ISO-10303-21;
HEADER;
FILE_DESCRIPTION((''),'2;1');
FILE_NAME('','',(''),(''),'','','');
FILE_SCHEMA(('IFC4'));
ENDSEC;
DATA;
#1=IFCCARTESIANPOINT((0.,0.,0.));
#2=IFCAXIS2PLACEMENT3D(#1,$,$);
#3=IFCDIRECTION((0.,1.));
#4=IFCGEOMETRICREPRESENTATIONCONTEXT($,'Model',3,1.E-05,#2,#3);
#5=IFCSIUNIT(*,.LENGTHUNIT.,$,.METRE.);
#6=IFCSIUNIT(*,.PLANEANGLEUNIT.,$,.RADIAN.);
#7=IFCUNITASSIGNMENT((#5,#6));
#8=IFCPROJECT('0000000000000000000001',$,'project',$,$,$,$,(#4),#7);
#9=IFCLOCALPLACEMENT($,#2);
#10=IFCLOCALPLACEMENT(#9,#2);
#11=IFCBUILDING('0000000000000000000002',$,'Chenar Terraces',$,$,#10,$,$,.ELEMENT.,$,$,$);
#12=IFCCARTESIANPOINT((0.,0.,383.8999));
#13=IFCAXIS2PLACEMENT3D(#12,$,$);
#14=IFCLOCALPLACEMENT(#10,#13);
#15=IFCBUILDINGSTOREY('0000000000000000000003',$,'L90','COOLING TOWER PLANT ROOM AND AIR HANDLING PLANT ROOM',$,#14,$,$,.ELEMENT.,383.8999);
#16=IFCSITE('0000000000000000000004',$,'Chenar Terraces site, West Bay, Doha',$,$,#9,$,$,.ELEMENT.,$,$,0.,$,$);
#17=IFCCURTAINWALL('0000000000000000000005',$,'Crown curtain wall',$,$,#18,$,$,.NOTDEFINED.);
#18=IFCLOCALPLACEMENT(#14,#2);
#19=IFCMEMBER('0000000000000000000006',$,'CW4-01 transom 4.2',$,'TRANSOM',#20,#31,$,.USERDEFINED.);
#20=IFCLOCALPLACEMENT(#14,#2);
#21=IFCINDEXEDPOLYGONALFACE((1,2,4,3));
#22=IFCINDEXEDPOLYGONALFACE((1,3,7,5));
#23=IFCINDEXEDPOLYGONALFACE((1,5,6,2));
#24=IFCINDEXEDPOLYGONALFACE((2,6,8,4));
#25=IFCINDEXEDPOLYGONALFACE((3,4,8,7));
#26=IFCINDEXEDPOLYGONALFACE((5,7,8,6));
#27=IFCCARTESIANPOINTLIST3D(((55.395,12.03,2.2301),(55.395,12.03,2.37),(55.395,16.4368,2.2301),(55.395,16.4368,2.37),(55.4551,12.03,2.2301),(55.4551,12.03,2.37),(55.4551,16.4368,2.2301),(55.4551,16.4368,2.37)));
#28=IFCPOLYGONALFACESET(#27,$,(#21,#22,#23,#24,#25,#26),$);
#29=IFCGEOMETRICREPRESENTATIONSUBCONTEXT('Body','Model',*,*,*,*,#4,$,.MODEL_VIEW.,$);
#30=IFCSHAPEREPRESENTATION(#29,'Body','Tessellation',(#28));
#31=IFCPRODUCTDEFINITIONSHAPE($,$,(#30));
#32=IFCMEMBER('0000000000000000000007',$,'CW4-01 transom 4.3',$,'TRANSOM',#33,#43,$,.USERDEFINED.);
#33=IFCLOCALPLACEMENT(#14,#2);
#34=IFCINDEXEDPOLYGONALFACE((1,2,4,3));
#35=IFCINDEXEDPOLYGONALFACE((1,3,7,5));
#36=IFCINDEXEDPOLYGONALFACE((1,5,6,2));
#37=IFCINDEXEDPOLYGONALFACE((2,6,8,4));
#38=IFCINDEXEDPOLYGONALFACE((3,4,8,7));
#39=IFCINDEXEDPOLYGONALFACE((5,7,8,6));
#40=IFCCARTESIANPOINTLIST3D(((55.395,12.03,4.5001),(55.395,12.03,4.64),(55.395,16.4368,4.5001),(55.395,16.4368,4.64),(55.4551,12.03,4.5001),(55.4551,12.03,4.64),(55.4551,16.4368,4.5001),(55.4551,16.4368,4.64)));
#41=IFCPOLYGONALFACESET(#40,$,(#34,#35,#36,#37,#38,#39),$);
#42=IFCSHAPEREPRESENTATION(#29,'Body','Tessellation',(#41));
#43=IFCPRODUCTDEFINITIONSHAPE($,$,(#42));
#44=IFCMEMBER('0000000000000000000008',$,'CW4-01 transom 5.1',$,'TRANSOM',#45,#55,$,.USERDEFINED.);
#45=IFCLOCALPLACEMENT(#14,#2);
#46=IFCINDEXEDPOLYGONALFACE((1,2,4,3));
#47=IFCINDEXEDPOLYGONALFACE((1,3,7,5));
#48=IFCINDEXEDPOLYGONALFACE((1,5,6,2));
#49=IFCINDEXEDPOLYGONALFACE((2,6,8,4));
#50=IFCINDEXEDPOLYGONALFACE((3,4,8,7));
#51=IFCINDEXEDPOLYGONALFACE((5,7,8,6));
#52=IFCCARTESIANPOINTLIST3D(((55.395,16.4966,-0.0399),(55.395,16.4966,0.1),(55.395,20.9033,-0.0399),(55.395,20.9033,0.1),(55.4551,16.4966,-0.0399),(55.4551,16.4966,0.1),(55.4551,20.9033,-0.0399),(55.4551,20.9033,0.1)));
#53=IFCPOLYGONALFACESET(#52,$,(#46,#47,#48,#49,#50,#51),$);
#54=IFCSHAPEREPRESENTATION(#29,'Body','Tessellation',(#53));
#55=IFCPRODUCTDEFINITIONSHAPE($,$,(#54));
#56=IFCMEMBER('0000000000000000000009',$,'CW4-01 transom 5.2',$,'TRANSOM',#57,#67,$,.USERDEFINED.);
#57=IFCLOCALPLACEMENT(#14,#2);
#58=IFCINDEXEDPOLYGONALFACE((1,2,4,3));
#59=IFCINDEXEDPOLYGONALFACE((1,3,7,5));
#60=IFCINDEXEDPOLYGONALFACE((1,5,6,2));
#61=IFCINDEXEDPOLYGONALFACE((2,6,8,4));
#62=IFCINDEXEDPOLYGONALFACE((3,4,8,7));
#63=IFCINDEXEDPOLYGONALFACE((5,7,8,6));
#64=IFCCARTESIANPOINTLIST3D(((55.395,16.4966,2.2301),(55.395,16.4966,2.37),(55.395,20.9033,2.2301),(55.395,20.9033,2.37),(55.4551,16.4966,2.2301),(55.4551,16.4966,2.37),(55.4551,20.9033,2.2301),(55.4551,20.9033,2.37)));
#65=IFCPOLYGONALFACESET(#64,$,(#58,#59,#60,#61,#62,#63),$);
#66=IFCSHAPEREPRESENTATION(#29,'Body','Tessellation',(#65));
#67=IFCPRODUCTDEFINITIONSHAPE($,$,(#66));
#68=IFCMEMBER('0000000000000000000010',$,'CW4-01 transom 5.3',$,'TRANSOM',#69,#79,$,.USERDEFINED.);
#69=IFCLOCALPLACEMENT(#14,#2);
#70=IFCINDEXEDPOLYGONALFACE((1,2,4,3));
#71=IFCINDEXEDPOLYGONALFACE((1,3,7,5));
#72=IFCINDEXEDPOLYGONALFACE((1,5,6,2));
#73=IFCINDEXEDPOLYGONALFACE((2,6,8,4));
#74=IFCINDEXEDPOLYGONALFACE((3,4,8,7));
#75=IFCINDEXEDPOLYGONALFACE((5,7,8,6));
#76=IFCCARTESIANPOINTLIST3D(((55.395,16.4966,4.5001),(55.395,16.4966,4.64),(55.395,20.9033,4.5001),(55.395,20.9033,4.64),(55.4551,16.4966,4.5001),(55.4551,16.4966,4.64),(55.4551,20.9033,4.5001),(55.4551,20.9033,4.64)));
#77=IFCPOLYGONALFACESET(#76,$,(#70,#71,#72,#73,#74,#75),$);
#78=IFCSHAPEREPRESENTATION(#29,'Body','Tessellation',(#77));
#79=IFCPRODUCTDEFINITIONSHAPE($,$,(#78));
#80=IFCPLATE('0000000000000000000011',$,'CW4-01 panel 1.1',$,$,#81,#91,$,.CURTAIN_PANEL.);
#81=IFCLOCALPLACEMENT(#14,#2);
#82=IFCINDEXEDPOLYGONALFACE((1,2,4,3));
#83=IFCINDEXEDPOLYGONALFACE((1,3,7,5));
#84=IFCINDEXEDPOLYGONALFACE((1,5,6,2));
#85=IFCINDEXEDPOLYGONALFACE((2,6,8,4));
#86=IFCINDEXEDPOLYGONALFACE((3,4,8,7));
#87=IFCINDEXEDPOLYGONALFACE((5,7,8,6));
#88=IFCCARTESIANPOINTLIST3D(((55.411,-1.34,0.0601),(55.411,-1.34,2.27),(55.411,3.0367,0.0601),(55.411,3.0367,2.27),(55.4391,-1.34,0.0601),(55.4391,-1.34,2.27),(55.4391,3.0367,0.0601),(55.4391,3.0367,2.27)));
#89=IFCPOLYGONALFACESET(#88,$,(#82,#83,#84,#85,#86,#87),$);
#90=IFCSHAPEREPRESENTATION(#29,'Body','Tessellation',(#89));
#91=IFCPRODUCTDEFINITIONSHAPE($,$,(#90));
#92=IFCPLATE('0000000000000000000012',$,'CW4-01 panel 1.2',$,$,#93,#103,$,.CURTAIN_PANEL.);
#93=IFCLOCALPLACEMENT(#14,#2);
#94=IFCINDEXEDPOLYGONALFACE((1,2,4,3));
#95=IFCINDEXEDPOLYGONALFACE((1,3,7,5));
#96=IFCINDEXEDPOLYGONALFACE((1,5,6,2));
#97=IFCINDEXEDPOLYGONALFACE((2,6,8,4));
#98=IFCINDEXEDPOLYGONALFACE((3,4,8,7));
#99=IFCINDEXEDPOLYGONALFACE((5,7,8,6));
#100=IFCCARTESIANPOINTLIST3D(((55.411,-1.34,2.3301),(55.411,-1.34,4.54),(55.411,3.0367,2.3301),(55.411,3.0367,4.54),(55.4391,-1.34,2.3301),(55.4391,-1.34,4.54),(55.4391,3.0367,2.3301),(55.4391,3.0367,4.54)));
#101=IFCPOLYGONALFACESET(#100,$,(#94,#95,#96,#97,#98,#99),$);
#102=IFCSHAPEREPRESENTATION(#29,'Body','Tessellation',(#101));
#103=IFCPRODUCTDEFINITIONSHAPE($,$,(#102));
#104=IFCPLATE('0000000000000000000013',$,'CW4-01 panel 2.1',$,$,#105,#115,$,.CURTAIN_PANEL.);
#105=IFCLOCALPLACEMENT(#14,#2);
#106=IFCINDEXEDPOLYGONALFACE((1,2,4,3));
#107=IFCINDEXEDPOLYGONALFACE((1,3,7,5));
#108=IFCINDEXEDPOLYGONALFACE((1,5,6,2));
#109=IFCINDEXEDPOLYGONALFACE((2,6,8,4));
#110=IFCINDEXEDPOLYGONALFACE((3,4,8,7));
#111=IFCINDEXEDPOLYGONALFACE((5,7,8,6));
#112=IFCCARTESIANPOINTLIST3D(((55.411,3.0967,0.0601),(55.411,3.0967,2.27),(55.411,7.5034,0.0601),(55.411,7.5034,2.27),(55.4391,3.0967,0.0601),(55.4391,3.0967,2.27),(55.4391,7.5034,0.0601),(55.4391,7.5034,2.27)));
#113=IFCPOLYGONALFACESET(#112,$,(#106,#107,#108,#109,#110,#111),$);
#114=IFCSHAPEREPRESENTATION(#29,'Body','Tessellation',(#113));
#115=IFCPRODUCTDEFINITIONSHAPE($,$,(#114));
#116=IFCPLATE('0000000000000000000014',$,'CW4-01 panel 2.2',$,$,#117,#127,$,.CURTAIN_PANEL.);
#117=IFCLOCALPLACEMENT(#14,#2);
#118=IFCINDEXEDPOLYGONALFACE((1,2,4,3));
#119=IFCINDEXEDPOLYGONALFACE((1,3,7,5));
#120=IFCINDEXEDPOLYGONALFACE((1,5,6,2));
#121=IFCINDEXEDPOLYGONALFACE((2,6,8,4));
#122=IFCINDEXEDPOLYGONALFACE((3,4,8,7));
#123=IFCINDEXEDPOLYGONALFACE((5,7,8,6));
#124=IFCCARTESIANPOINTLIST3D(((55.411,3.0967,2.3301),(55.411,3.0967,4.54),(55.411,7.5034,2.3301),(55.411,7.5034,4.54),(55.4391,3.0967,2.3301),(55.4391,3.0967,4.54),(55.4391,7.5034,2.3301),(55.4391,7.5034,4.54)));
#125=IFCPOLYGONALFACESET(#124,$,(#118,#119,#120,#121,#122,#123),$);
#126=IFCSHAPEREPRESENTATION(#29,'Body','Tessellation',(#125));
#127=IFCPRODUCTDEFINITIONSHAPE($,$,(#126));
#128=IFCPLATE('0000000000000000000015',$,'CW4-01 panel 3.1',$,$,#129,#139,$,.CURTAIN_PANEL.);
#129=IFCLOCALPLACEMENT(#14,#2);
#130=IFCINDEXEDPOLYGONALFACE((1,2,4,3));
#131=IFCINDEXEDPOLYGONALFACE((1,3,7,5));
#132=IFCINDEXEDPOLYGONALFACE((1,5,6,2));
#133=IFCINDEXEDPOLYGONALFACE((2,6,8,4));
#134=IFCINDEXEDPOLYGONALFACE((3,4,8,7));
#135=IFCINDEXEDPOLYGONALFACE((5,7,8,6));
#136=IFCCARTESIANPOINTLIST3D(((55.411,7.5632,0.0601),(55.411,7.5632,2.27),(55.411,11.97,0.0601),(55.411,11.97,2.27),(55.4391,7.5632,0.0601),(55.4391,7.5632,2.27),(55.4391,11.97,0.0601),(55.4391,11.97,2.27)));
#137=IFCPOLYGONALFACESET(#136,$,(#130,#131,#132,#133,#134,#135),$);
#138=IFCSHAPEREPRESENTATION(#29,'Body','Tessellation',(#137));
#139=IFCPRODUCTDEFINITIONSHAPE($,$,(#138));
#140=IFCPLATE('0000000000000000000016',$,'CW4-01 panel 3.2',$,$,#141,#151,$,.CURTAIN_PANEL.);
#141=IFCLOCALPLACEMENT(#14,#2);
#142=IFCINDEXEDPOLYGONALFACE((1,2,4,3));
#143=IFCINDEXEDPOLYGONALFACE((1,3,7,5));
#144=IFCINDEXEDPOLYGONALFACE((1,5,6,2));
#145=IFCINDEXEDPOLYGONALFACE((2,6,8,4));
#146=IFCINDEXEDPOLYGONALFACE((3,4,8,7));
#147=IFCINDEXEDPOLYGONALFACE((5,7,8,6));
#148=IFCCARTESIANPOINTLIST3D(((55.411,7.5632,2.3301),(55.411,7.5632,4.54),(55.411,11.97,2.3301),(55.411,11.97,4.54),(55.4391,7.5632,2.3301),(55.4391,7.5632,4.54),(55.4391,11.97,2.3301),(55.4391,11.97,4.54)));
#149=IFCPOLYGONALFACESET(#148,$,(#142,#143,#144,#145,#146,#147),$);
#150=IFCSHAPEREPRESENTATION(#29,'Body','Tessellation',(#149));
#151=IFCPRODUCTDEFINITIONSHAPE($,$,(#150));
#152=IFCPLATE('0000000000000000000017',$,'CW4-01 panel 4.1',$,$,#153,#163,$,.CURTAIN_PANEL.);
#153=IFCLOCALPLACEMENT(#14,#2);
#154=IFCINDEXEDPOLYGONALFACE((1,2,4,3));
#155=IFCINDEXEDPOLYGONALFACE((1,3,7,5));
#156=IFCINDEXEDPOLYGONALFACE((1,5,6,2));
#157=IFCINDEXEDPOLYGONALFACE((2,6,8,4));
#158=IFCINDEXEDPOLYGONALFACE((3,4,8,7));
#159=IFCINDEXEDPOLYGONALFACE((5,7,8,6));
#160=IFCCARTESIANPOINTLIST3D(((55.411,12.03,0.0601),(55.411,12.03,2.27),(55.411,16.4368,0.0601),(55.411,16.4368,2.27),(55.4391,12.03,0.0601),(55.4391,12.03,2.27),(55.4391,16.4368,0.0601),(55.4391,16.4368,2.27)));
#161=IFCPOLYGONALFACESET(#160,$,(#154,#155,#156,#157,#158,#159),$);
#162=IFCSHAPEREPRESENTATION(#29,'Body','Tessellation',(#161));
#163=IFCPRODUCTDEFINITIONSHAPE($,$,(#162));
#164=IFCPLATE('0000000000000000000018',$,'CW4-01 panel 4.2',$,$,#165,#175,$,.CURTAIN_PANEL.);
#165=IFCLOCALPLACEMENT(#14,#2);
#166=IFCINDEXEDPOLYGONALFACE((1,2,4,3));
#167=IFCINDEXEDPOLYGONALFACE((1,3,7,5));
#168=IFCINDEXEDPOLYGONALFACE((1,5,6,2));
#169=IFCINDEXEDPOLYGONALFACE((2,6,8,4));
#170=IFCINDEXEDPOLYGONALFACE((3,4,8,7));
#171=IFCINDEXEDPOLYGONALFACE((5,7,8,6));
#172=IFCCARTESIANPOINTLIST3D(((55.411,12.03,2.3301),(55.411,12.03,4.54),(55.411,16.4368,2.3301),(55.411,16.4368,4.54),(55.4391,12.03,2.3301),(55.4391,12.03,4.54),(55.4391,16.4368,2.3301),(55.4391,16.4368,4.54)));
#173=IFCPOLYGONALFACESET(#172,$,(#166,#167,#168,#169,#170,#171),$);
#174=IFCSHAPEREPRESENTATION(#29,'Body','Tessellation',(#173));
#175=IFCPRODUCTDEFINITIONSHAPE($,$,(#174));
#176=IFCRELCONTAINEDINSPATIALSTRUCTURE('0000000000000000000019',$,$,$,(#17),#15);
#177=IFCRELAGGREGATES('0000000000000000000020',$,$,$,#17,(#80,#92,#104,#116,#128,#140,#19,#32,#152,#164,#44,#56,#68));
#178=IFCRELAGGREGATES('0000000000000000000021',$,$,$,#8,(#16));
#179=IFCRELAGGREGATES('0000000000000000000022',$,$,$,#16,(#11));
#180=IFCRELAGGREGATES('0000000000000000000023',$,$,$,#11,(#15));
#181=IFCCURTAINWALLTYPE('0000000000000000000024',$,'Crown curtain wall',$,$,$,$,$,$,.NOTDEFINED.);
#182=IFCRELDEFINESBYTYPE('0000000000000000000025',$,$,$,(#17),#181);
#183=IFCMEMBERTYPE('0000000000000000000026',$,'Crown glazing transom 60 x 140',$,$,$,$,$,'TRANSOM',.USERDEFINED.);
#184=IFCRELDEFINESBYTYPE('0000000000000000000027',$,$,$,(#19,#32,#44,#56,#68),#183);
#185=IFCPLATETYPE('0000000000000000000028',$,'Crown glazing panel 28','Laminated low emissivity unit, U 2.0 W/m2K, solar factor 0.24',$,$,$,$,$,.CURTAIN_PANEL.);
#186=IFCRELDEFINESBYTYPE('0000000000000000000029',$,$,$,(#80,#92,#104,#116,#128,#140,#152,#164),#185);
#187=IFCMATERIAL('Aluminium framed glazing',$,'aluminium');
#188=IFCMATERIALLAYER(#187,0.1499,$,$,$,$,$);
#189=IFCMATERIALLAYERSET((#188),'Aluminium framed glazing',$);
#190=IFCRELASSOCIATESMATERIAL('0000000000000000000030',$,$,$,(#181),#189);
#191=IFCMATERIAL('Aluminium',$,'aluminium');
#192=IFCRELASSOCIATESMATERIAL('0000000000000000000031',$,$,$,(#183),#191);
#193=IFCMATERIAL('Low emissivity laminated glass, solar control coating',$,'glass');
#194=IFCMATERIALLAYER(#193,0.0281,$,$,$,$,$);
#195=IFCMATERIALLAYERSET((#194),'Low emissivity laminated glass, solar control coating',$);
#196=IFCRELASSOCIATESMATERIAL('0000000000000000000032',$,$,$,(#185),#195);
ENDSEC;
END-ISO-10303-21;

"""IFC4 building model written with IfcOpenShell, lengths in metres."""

from ifc_helpers import new_model, si_unit, direction, frame, origin, origin_2d, place, context, subcontext, project, spatial, rectangle, extrude, material, layer, layer_set, material_profile, profile_set, type_object, element, aggregate, save


model = new_model("IFC4")

# Units and contexts
model_context = context("Model", 3, precision=1e-05, world=origin(), true_north=direction((0.0, 1.0)))
body_context = subcontext(model_context, "Body", "Model", "MODEL_VIEW")
ifc_project = project(units=[si_unit("LENGTHUNIT", "METRE"), si_unit("PLANEANGLEUNIT", "RADIAN")], contexts=[model_context])

# Site, building, storey
site_placement = place(None, origin())
site = spatial("IfcSite", under=ifc_project, at=site_placement, Name="Chenar Terraces site, West Bay, Doha", CompositionType="ELEMENT", RefElevation=0.0)
building_placement = place(site_placement, origin())
building = spatial("IfcBuilding", under=site, at=building_placement, Name="Chenar Terraces", CompositionType="ELEMENT")
storey_placement = place(building_placement, frame((0.0, 0.0, 383.8999)))
storey = spatial("IfcBuildingStorey", under=building, at=storey_placement, Name="L90", Description="COOLING TOWER PLANT ROOM AND AIR HANDLING PLANT ROOM", CompositionType="ELEMENT", Elevation=383.8999)

# Curtain wall, members, plates
ifc_material_1 = material(Name="Aluminium framed glazing", Category="aluminium")
ifc_layer_1 = layer(ifc_material_1, 0.1499)
ifc_layer_set_1 = layer_set([ifc_layer_1], Name="Aluminium framed glazing")
curtain_wall_type = type_object("IfcCurtainWallType", Name="Crown curtain wall", PredefinedType="NOTDEFINED", material=ifc_layer_set_1)
curtain_wall_placement = place(storey_placement, origin())
curtain_wall = element("IfcCurtainWall", 1, at=curtain_wall_placement, inside=storey, type_object=curtain_wall_type, Name="Crown curtain wall", PredefinedType="NOTDEFINED")
ifc_material_2 = material(Name="Aluminium", Category="aluminium")
ifc_material_profile_1 = material_profile(ifc_material_2, rectangle(XDim=0.0601, YDim=0.1399, at=origin_2d()), Name="Crown glazing transom 60 x 140")
ifc_profile_set_1 = profile_set([ifc_material_profile_1], Name="Aluminium")
member_type_1 = type_object("IfcMemberType", Name="Crown glazing transom 60 x 140", ElementType="TRANSOM", PredefinedType="USERDEFINED", material=ifc_profile_set_1)
member_1_placement = place(storey_placement, frame((55.425, 12.03, 2.3), z_axis=(0.0, 1.0, 0.0), x_axis=(-1.0, 0.0, 0.0)))
member_1 = element("IfcMember", 2, at=member_1_placement, type_object=member_type_1, Name="CW4-01 transom 4.2", ObjectType="TRANSOM", PredefinedType="USERDEFINED", context=body_context, shape_type="SweptSolid", body=[
    extrude(rectangle(XDim=0.0601, YDim=0.1399, at=origin_2d()), origin(), (0.0, 0.0, 1.0), 4.4067),
])
member_2_placement = place(storey_placement, frame((55.425, 12.03, 4.5701), z_axis=(0.0, 1.0, 0.0), x_axis=(-1.0, 0.0, 0.0)))
member_2 = element("IfcMember", 3, at=member_2_placement, type_object=member_type_1, Name="CW4-01 transom 4.3", ObjectType="TRANSOM", PredefinedType="USERDEFINED", context=body_context, shape_type="SweptSolid", body=[
    extrude(rectangle(XDim=0.0601, YDim=0.1399, at=origin_2d()), origin(), (0.0, 0.0, 1.0), 4.4067),
])
member_3_placement = place(storey_placement, frame((55.425, 16.4966, 0.03), z_axis=(0.0, 1.0, 0.0), x_axis=(-1.0, 0.0, 0.0)))
member_3 = element("IfcMember", 4, at=member_3_placement, type_object=member_type_1, Name="CW4-01 transom 5.1", ObjectType="TRANSOM", PredefinedType="USERDEFINED", context=body_context, shape_type="SweptSolid", body=[
    extrude(rectangle(XDim=0.0601, YDim=0.1399, at=origin_2d()), origin(), (0.0, 0.0, 1.0), 4.4067),
])
member_4_placement = place(storey_placement, frame((55.425, 16.4966, 2.3), z_axis=(0.0, 1.0, 0.0), x_axis=(-1.0, 0.0, 0.0)))
member_4 = element("IfcMember", 5, at=member_4_placement, type_object=member_type_1, Name="CW4-01 transom 5.2", ObjectType="TRANSOM", PredefinedType="USERDEFINED", context=body_context, shape_type="SweptSolid", body=[
    extrude(rectangle(XDim=0.0601, YDim=0.1399, at=origin_2d()), origin(), (0.0, 0.0, 1.0), 4.4067),
])
member_5_placement = place(storey_placement, frame((55.425, 16.4966, 4.5701), z_axis=(0.0, 1.0, 0.0), x_axis=(-1.0, 0.0, 0.0)))
member_5 = element("IfcMember", 6, at=member_5_placement, type_object=member_type_1, Name="CW4-01 transom 5.3", ObjectType="TRANSOM", PredefinedType="USERDEFINED", context=body_context, shape_type="SweptSolid", body=[
    extrude(rectangle(XDim=0.0601, YDim=0.1399, at=origin_2d()), origin(), (0.0, 0.0, 1.0), 4.4067),
])
ifc_material_3 = material(Name="Low emissivity laminated glass, solar control coating", Category="glass")
ifc_layer_2 = layer(ifc_material_3, 0.0281)
ifc_layer_set_2 = layer_set([ifc_layer_2], Name="Low emissivity laminated glass, solar control coating")
plate_type = type_object("IfcPlateType", Name="Crown glazing panel 28", Description="Laminated low emissivity unit, U 2.0 W/m2K, solar factor 0.24", PredefinedType="CURTAIN_PANEL", material=ifc_layer_set_2)
plate_1_placement = place(storey_placement, frame((55.425, 0.8484, 0.0601), z_axis=(0.0, 0.0, 1.0), x_axis=(0.0, 1.0, 0.0)))
plate_1 = element("IfcPlate", 7, at=plate_1_placement, type_object=plate_type, Name="CW4-01 panel 1.1", PredefinedType="CURTAIN_PANEL", context=body_context, shape_type="SweptSolid", body=[
    extrude(rectangle(XDim=4.3767, YDim=0.0281, at=origin_2d()), origin(), (0.0, 0.0, 1.0), 2.21),
])
plate_2_placement = place(storey_placement, frame((55.425, 0.8484, 2.3301), z_axis=(0.0, 0.0, 1.0), x_axis=(0.0, 1.0, 0.0)))
plate_2 = element("IfcPlate", 8, at=plate_2_placement, type_object=plate_type, Name="CW4-01 panel 1.2", PredefinedType="CURTAIN_PANEL", context=body_context, shape_type="SweptSolid", body=[
    extrude(rectangle(XDim=4.3767, YDim=0.0281, at=origin_2d()), origin(), (0.0, 0.0, 1.0), 2.21),
])
plate_3_placement = place(storey_placement, frame((55.425, 5.3, 0.0601), z_axis=(0.0, 0.0, 1.0), x_axis=(0.0, 1.0, 0.0)))
plate_3 = element("IfcPlate", 9, at=plate_3_placement, type_object=plate_type, Name="CW4-01 panel 2.1", PredefinedType="CURTAIN_PANEL", context=body_context, shape_type="SweptSolid", body=[
    extrude(rectangle(XDim=4.4067, YDim=0.0281, at=origin_2d()), origin(), (0.0, 0.0, 1.0), 2.21),
])
plate_4_placement = place(storey_placement, frame((55.425, 5.3, 2.3301), z_axis=(0.0, 0.0, 1.0), x_axis=(0.0, 1.0, 0.0)))
plate_4 = element("IfcPlate", 10, at=plate_4_placement, type_object=plate_type, Name="CW4-01 panel 2.2", PredefinedType="CURTAIN_PANEL", context=body_context, shape_type="SweptSolid", body=[
    extrude(rectangle(XDim=4.4067, YDim=0.0281, at=origin_2d()), origin(), (0.0, 0.0, 1.0), 2.21),
])
plate_5_placement = place(storey_placement, frame((55.425, 9.7666, 0.0601), z_axis=(0.0, 0.0, 1.0), x_axis=(0.0, 1.0, 0.0)))
plate_5 = element("IfcPlate", 11, at=plate_5_placement, type_object=plate_type, Name="CW4-01 panel 3.1", PredefinedType="CURTAIN_PANEL", context=body_context, shape_type="SweptSolid", body=[
    extrude(rectangle(XDim=4.4067, YDim=0.0281, at=origin_2d()), origin(), (0.0, 0.0, 1.0), 2.21),
])
plate_6_placement = place(storey_placement, frame((55.425, 9.7666, 2.3301), z_axis=(0.0, 0.0, 1.0), x_axis=(0.0, 1.0, 0.0)))
plate_6 = element("IfcPlate", 12, at=plate_6_placement, type_object=plate_type, Name="CW4-01 panel 3.2", PredefinedType="CURTAIN_PANEL", context=body_context, shape_type="SweptSolid", body=[
    extrude(rectangle(XDim=4.4067, YDim=0.0281, at=origin_2d()), origin(), (0.0, 0.0, 1.0), 2.21),
])
plate_7_placement = place(storey_placement, frame((55.425, 14.2334, 0.0601), z_axis=(0.0, 0.0, 1.0), x_axis=(0.0, 1.0, 0.0)))
plate_7 = element("IfcPlate", 13, at=plate_7_placement, type_object=plate_type, Name="CW4-01 panel 4.1", PredefinedType="CURTAIN_PANEL", context=body_context, shape_type="SweptSolid", body=[
    extrude(rectangle(XDim=4.4067, YDim=0.0281, at=origin_2d()), origin(), (0.0, 0.0, 1.0), 2.21),
])
plate_8_placement = place(storey_placement, frame((55.425, 14.2334, 2.3301), z_axis=(0.0, 0.0, 1.0), x_axis=(0.0, 1.0, 0.0)))
plate_8 = element("IfcPlate", 14, at=plate_8_placement, type_object=plate_type, Name="CW4-01 panel 4.2", PredefinedType="CURTAIN_PANEL", context=body_context, shape_type="SweptSolid", body=[
    extrude(rectangle(XDim=4.4067, YDim=0.0281, at=origin_2d()), origin(), (0.0, 0.0, 1.0), 2.21),
])
aggregate(curtain_wall, [plate_1, plate_2, plate_3, plate_4, plate_5, plate_6, member_1, member_2, plate_7, plate_8, member_3, member_4, member_5])

save(model, "model.ifc")
